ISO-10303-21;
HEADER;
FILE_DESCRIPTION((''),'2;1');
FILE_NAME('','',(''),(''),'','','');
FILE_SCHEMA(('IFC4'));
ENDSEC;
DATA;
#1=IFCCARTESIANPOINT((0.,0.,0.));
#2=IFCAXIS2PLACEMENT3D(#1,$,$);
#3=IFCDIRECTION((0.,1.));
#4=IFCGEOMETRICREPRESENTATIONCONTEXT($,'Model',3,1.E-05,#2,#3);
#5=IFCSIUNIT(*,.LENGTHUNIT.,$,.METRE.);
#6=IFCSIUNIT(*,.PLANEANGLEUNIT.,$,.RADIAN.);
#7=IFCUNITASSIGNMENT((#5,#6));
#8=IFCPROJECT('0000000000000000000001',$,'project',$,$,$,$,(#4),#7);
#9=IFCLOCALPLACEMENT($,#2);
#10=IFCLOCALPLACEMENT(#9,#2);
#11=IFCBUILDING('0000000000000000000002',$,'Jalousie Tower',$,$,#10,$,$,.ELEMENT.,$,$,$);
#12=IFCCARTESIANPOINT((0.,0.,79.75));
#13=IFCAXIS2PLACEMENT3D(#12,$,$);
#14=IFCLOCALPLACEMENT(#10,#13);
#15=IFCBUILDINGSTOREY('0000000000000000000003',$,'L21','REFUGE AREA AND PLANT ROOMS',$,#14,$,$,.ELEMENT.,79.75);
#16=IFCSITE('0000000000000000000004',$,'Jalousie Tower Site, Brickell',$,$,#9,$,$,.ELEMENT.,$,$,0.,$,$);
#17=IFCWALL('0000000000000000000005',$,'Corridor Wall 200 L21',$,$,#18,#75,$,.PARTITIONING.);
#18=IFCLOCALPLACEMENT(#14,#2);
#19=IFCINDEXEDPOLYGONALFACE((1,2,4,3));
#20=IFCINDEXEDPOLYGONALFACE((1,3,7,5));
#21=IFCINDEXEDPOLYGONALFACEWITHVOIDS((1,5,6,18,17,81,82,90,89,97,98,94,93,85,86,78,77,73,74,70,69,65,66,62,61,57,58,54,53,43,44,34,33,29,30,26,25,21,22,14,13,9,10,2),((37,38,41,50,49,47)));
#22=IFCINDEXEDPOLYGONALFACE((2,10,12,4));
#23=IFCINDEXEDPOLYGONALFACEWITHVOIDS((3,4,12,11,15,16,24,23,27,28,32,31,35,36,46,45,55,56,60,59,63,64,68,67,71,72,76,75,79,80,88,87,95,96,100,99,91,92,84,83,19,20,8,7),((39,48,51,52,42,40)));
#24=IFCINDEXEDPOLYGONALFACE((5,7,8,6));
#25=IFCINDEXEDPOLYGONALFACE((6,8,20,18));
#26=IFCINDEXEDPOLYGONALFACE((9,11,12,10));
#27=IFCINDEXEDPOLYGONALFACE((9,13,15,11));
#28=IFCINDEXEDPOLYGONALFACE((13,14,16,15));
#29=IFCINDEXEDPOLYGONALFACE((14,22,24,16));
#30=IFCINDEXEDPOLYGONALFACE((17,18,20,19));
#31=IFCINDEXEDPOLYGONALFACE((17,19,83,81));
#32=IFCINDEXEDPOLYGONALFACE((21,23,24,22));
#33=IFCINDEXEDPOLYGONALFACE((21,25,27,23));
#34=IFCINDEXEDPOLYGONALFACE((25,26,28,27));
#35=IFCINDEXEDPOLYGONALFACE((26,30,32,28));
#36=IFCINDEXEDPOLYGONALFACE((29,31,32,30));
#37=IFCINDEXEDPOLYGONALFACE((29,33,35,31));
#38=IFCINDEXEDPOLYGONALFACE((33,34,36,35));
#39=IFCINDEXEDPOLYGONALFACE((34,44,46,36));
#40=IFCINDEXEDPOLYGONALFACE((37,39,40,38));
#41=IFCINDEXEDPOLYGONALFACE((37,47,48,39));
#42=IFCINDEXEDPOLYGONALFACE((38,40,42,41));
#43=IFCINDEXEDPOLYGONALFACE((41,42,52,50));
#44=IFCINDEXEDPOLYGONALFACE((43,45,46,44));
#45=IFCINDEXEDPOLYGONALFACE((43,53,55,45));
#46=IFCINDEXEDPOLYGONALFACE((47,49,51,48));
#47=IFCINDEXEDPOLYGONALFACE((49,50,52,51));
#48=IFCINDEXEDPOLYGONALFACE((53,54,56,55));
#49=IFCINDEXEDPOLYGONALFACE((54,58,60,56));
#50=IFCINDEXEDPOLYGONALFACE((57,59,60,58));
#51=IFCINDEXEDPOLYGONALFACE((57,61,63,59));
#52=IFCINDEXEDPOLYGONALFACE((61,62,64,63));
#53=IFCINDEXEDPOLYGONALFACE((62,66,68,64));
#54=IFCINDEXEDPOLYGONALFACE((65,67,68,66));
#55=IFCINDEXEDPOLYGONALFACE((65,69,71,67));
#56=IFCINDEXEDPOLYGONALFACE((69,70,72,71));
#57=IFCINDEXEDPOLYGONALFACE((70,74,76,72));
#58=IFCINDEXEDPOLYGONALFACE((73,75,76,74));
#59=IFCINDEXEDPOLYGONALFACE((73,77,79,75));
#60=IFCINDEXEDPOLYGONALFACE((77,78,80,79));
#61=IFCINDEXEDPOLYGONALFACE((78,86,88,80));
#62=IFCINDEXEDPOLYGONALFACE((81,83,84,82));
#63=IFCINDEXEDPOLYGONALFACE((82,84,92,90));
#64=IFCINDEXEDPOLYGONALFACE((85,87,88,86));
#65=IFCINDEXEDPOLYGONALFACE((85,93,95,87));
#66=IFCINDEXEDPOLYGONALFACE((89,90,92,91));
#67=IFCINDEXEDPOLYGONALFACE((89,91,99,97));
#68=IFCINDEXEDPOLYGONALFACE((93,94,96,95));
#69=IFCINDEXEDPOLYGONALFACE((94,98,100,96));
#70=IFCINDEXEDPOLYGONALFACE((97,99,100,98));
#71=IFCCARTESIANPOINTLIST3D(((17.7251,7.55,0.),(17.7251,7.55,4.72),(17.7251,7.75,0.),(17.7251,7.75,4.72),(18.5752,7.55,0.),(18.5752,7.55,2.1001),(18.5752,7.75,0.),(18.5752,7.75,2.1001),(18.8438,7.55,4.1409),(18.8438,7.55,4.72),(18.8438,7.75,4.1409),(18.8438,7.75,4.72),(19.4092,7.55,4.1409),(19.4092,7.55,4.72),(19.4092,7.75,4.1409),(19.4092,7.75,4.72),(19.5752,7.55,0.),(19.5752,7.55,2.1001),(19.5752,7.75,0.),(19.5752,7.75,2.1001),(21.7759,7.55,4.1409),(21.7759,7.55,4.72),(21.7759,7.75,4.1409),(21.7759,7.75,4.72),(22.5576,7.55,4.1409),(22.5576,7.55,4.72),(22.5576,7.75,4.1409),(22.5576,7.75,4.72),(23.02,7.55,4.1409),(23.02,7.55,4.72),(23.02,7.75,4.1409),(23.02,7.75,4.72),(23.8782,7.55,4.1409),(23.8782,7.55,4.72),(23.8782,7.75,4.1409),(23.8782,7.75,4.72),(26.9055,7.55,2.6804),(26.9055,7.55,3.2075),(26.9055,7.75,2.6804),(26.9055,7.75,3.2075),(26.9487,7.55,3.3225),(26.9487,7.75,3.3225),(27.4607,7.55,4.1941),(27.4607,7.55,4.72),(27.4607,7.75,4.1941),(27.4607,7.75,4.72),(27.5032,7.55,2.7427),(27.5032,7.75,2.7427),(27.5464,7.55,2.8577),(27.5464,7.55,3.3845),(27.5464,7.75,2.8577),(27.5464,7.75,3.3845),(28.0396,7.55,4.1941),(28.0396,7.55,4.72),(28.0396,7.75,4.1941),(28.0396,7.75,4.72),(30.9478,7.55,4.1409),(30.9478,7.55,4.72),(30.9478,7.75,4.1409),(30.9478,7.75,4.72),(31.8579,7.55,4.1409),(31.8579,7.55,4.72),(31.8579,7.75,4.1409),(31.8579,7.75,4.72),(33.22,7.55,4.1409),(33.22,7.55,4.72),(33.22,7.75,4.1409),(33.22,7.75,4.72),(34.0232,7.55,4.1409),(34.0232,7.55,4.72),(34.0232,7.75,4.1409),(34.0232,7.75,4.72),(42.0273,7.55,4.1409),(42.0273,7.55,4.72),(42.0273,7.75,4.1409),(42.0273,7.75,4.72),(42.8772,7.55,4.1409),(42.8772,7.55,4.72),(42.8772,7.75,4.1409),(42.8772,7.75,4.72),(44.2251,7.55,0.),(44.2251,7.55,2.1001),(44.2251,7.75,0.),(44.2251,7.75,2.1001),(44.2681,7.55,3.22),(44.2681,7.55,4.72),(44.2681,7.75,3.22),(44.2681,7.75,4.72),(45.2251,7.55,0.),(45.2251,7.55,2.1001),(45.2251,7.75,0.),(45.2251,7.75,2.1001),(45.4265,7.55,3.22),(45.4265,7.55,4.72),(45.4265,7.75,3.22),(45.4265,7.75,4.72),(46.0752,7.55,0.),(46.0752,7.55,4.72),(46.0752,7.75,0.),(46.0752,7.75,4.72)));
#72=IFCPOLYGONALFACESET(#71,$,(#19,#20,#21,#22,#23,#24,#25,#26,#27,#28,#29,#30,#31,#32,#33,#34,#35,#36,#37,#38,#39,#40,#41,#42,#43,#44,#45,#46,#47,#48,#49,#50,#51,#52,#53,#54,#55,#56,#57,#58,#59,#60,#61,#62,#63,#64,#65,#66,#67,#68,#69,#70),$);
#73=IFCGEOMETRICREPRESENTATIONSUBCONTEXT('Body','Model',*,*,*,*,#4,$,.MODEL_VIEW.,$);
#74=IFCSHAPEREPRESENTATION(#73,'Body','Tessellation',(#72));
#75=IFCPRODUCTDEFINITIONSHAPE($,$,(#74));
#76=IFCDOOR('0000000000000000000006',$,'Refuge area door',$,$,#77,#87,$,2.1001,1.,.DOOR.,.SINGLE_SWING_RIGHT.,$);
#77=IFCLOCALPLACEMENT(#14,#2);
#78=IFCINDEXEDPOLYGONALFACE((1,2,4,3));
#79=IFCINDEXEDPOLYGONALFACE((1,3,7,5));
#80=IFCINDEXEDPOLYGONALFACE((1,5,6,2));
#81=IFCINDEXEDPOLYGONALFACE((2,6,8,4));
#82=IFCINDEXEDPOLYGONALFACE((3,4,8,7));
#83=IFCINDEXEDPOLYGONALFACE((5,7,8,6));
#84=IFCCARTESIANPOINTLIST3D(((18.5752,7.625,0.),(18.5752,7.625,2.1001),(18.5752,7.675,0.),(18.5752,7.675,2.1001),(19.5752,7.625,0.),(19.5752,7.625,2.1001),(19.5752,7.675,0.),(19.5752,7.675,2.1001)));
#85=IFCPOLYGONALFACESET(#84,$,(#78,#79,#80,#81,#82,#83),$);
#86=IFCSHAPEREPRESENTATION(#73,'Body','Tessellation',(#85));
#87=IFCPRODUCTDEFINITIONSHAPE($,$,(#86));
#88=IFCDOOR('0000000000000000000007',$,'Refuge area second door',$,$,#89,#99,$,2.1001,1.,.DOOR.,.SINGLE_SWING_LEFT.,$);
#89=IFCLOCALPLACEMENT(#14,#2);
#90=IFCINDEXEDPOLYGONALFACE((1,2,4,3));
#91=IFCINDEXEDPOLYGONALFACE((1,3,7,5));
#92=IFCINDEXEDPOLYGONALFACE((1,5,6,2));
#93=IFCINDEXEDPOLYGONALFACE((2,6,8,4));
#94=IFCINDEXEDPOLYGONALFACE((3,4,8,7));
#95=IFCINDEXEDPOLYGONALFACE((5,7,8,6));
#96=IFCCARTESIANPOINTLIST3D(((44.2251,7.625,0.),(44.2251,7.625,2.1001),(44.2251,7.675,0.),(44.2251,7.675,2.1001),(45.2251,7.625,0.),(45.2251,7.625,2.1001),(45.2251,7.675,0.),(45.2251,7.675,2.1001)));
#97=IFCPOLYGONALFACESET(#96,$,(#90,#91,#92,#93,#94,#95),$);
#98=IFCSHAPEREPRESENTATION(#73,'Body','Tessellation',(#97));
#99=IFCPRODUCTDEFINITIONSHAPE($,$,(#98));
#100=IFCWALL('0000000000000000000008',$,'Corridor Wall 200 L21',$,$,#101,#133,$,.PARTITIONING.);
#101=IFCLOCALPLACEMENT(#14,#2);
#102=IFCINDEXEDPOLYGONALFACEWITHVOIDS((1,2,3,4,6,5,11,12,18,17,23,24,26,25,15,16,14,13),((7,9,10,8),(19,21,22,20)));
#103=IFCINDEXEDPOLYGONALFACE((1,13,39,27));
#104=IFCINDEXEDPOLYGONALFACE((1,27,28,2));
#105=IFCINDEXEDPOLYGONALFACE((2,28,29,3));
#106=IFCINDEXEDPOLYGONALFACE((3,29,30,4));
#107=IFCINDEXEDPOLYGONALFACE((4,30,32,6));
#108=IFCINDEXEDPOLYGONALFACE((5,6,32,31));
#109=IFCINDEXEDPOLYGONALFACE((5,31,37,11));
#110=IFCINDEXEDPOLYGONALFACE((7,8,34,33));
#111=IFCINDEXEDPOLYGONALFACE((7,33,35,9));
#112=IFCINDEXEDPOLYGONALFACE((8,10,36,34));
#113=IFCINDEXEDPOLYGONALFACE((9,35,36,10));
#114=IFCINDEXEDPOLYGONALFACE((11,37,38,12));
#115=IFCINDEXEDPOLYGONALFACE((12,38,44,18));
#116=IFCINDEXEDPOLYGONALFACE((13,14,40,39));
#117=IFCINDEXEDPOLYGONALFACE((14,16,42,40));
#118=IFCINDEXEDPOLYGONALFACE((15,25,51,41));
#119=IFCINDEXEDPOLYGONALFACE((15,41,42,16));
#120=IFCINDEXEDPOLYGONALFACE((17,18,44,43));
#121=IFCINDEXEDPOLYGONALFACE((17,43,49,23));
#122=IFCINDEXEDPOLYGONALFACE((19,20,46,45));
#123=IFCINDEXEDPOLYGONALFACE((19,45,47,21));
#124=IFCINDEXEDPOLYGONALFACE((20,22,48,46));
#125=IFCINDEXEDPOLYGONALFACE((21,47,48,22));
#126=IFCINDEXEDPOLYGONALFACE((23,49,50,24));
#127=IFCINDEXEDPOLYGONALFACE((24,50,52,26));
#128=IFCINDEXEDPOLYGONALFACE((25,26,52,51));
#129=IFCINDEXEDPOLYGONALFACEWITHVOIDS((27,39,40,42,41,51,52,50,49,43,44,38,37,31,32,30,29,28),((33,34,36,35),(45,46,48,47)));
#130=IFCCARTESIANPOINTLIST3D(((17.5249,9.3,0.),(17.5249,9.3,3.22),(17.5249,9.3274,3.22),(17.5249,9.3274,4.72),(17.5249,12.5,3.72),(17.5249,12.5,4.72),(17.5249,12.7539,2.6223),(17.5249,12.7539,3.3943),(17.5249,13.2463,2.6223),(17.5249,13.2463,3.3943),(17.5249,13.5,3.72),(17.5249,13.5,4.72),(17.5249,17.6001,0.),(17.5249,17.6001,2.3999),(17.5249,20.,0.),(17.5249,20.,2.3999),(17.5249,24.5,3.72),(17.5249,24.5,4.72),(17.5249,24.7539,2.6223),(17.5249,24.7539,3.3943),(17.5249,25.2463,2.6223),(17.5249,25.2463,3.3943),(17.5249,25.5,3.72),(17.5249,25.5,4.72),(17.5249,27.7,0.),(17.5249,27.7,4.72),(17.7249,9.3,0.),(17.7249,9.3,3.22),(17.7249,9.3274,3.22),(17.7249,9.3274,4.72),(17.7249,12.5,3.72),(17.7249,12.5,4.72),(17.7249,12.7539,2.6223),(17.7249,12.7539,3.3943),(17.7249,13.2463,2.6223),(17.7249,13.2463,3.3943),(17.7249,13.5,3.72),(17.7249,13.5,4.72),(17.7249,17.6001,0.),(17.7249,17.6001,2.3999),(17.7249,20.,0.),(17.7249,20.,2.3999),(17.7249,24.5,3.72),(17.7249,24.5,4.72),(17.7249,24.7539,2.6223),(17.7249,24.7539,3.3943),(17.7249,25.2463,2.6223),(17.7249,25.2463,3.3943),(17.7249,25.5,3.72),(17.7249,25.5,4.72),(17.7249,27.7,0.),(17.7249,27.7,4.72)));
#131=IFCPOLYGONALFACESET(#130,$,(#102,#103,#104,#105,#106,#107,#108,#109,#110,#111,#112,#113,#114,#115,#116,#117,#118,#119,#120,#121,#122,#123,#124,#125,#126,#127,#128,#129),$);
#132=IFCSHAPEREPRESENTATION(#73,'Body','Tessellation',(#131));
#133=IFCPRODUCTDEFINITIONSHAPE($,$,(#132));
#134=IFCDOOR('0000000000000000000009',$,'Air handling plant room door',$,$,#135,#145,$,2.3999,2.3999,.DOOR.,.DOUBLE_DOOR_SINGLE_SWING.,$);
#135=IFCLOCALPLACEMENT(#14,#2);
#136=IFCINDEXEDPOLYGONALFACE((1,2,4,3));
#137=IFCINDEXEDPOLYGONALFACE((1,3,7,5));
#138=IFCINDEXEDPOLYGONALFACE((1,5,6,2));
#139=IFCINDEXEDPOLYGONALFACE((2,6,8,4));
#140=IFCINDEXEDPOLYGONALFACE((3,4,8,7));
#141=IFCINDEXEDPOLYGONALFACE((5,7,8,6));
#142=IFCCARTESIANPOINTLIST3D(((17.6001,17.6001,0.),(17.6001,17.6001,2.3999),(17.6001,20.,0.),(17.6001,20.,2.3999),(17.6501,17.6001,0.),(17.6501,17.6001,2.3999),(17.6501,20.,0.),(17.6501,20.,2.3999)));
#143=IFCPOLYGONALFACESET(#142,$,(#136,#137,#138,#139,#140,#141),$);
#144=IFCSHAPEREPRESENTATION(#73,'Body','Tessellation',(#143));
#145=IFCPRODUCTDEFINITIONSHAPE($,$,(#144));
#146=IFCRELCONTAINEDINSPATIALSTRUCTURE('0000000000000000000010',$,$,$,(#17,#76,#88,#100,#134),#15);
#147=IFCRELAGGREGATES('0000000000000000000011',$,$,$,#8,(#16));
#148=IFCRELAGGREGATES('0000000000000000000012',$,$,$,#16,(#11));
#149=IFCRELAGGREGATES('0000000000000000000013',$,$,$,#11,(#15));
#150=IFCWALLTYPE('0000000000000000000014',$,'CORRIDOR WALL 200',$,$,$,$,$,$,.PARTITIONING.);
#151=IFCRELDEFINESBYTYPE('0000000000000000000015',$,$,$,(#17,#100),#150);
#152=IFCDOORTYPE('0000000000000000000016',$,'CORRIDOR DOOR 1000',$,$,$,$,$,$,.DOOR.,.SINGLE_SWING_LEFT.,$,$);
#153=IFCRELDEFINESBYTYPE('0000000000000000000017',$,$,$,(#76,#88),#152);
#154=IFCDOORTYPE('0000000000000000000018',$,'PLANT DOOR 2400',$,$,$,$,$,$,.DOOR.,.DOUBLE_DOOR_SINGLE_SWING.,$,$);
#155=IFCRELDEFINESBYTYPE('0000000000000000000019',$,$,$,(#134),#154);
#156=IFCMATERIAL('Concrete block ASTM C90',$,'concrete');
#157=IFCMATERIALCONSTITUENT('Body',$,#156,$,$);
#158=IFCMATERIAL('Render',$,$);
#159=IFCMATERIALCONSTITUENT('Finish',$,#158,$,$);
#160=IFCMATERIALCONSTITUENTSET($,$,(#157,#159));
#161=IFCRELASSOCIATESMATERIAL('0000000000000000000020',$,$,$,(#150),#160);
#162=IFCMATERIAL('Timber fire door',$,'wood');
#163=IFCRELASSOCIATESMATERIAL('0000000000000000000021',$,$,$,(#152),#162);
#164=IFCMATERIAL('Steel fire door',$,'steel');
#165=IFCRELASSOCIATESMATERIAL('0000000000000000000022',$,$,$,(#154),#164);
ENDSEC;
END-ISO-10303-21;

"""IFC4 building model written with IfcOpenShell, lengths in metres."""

from ifc_helpers import new_model, si_unit, direction, frame, frame_2d, origin, place, context, subcontext, project, spatial, polyline, rectangle, outline, extrude, material, constituent, constituent_set, type_object, element, fill, save


model = new_model("IFC4")

# Units and contexts
model_context = context("Model", 3, precision=1e-05, world=origin(), true_north=direction((0.0, 1.0)))
body_context = subcontext(model_context, "Body", "Model", "MODEL_VIEW")
ifc_project = project(units=[si_unit("LENGTHUNIT", "METRE"), si_unit("PLANEANGLEUNIT", "RADIAN")], contexts=[model_context])

# Site, building, storey
site_placement = place(None, origin())
site = spatial("IfcSite", under=ifc_project, at=site_placement, Name="Jalousie Tower Site, Brickell", CompositionType="ELEMENT", RefElevation=0.0)
building_placement = place(site_placement, origin())
building = spatial("IfcBuilding", under=site, at=building_placement, Name="Jalousie Tower", CompositionType="ELEMENT")
storey_placement = place(building_placement, frame((0.0, 0.0, 79.75)))
storey = spatial("IfcBuildingStorey", under=building, at=storey_placement, Name="L21", Description="REFUGE AREA AND PLANT ROOMS", CompositionType="ELEMENT", Elevation=79.75)

# Wall, openings, doors
ifc_material_1 = material(Name="Concrete block ASTM C90", Category="concrete")
ifc_constituent_1 = constituent(ifc_material_1, Name="Body")
ifc_material_2 = material(Name="Render")
ifc_constituent_2 = constituent(ifc_material_2, Name="Finish")
ifc_constituent_set_1 = constituent_set(constituents=[ifc_constituent_1, ifc_constituent_2])
wall_type_1 = type_object("IfcWallType", Name="CORRIDOR WALL 200", PredefinedType="PARTITIONING", material=ifc_constituent_set_1)
wall_1_placement = place(storey_placement, frame((17.7251, 7.6499, 0.0), z_axis=(0.0, 0.0, 1.0), x_axis=(1.0, 0.0, 0.0)))
wall_1 = element("IfcWall", 1, at=wall_1_placement, inside=storey, type_object=wall_type_1, Name="Corridor Wall 200 L21", PredefinedType="PARTITIONING", context=body_context, shape_type="SweptSolid", body=[
    extrude(outline(polyline([(28.3501, 0.0), (28.3501, 4.72), (27.7014, 4.72), (27.7014, 3.22), (26.543, 3.22), (26.543, 4.72), (25.1521, 4.72), (25.1521, 4.1409), (24.3022, 4.1409), (24.3022, 4.72), (16.2981, 4.72), (16.2981, 4.1409), (15.4949, 4.1409), (15.4949, 4.72), (14.1328, 4.72), (14.1328, 4.1409), (13.2227, 4.1409), (13.2227, 4.72), (10.3145, 4.72), (10.3145, 4.1941), (9.7356, 4.1941), (9.7356, 4.72), (6.1531, 4.72), (6.1531, 4.1409), (5.2949, 4.1409), (5.2949, 4.72), (4.8325, 4.72), (4.8325, 4.1409), (4.0508, 4.1409), (4.0508, 4.72), (1.6841, 4.72), (1.6841, 4.1409), (1.1187, 4.1409), (1.1187, 4.72), (0.0, 4.72), (0.0, 0.0), (28.3501, 0.0)]), holes=[polyline([(9.1804, 3.2075), (9.2236, 3.3225), (9.8213, 3.3845), (9.8213, 2.8577), (9.7781, 2.7427), (9.1804, 2.6804), (9.1804, 3.2075)])]), frame((0.0, 0.1001, 0.0), z_axis=(0.0, -1.0, 0.0), x_axis=(1.0, 0.0, 0.0)), (0.0, 0.0, 1.0), 0.2),
])
opening_1_placement = place(wall_1_placement, frame((0.8501, 0.0, 0.0)))
opening_1 = element("IfcOpeningElement", 2, at=opening_1_placement, cuts=wall_1, PredefinedType="OPENING", context=body_context, shape_type="SweptSolid", body=[
    extrude(rectangle(XDim=1.0, YDim=2.1001, at=frame_2d((0.5, 1.05))), frame((0.0, 0.1099, 0.0), z_axis=(0.0, -1.0, 0.0), x_axis=(1.0, 0.0, 0.0)), (0.0, 0.0, 1.0), 0.22),
])
opening_2_placement = place(wall_1_placement, frame((26.5, 0.0, 0.0)))
opening_2 = element("IfcOpeningElement", 3, at=opening_2_placement, cuts=wall_1, PredefinedType="OPENING", context=body_context, shape_type="SweptSolid", body=[
    extrude(rectangle(XDim=1.0, YDim=2.1001, at=frame_2d((0.5, 1.05))), frame((0.0, 0.1099, 0.0), z_axis=(0.0, -1.0, 0.0), x_axis=(1.0, 0.0, 0.0)), (0.0, 0.0, 1.0), 0.22),
])
ifc_material_3 = material(Name="Timber fire door", Category="wood")
door_type_1 = type_object("IfcDoorType", Name="CORRIDOR DOOR 1000", OperationType="SINGLE_SWING_LEFT", PredefinedType="DOOR", material=ifc_material_3)
door_1_placement = place(opening_1_placement, frame((1.0, 0.0, 0.0), z_axis=(0.0, 0.0, 1.0), x_axis=(-1.0, 0.0, 0.0)))
door_1 = element("IfcDoor", 4, at=door_1_placement, inside=storey, type_object=door_type_1, Name="Refuge area door", OperationType="SINGLE_SWING_RIGHT", OverallHeight=2.1001, OverallWidth=1.0, PredefinedType="DOOR", context=body_context, shape_type="SweptSolid", body=[
    extrude(rectangle(XDim=1.0, YDim=2.1001, at=frame_2d((0.5, 1.05))), frame((0.0, 0.0249, 0.0), z_axis=(0.0, -1.0, 0.0), x_axis=(1.0, 0.0, 0.0)), (0.0, 0.0, 1.0), 0.05),
])
fill(opening_1, door_1)
door_2_placement = place(opening_2_placement, frame((1.0, 0.0, 0.0), z_axis=(0.0, 0.0, 1.0), x_axis=(-1.0, 0.0, 0.0)))
door_2 = element("IfcDoor", 5, at=door_2_placement, inside=storey, type_object=door_type_1, Name="Refuge area second door", OperationType="SINGLE_SWING_LEFT", OverallHeight=2.1001, OverallWidth=1.0, PredefinedType="DOOR", context=body_context, shape_type="SweptSolid", body=[
    extrude(rectangle(XDim=1.0, YDim=2.1001, at=frame_2d((0.5, 1.05))), frame((0.0, 0.0249, 0.0), z_axis=(0.0, -1.0, 0.0), x_axis=(1.0, 0.0, 0.0)), (0.0, 0.0, 1.0), 0.05),
])
fill(opening_2, door_2)

# Wall, opening, door
wall_2_placement = place(storey_placement, frame((17.625, 9.3, 0.0), z_axis=(0.0, 0.0, 1.0), x_axis=(0.0, 1.0, 0.0)))
wall_2 = element("IfcWall", 6, at=wall_2_placement, inside=storey, type_object=wall_type_1, Name="Corridor Wall 200 L21", PredefinedType="PARTITIONING", context=body_context, shape_type="SweptSolid", body=[
    extrude(outline(polyline([(18.3999, 0.0), (18.3999, 4.72), (16.2, 4.72), (16.2, 3.72), (15.2, 3.72), (15.2, 4.72), (4.2, 4.72), (4.2, 3.72), (3.2, 3.72), (3.2, 4.72), (0.0273, 4.72), (0.0273, 3.22), (0.0, 3.22), (0.0, 0.0), (18.3999, 0.0)]), holes=[polyline([(3.4539, 2.6223), (3.4539, 3.3943), (3.9463, 3.3943), (3.9463, 2.6223), (3.4539, 2.6223)]), polyline([(15.4539, 2.6223), (15.4539, 3.3943), (15.9463, 3.3943), (15.9463, 2.6223), (15.4539, 2.6223)])]), frame((0.0, 0.1001, 0.0), z_axis=(0.0, -1.0, 0.0), x_axis=(1.0, 0.0, 0.0)), (0.0, 0.0, 1.0), 0.2),
])
opening_3_placement = place(wall_2_placement, frame((8.3, 0.0, 0.0)))
opening_3 = element("IfcOpeningElement", 7, at=opening_3_placement, cuts=wall_2, PredefinedType="OPENING", context=body_context, shape_type="SweptSolid", body=[
    extrude(rectangle(XDim=2.3999, YDim=2.3999, at=frame_2d((1.2, 1.2))), frame((0.0, 0.1099, 0.0), z_axis=(0.0, -1.0, 0.0), x_axis=(1.0, 0.0, 0.0)), (0.0, 0.0, 1.0), 0.22),
])
ifc_material_4 = material(Name="Steel fire door", Category="steel")
door_type_2 = type_object("IfcDoorType", Name="PLANT DOOR 2400", OperationType="DOUBLE_DOOR_SINGLE_SWING", PredefinedType="DOOR", material=ifc_material_4)
door_3_placement = place(opening_3_placement, origin())
door_3 = element("IfcDoor", 8, at=door_3_placement, inside=storey, type_object=door_type_2, Name="Air handling plant room door", OperationType="DOUBLE_DOOR_SINGLE_SWING", OverallHeight=2.3999, OverallWidth=2.3999, PredefinedType="DOOR", context=body_context, shape_type="SweptSolid", body=[
    extrude(rectangle(XDim=2.3999, YDim=2.3999, at=frame_2d((1.2, 1.2))), frame((0.0, 0.0249, 0.0), z_axis=(0.0, -1.0, 0.0), x_axis=(1.0, 0.0, 0.0)), (0.0, 0.0, 1.0), 0.05),
])
fill(opening_3, door_3)

save(model, "model.ifc")
